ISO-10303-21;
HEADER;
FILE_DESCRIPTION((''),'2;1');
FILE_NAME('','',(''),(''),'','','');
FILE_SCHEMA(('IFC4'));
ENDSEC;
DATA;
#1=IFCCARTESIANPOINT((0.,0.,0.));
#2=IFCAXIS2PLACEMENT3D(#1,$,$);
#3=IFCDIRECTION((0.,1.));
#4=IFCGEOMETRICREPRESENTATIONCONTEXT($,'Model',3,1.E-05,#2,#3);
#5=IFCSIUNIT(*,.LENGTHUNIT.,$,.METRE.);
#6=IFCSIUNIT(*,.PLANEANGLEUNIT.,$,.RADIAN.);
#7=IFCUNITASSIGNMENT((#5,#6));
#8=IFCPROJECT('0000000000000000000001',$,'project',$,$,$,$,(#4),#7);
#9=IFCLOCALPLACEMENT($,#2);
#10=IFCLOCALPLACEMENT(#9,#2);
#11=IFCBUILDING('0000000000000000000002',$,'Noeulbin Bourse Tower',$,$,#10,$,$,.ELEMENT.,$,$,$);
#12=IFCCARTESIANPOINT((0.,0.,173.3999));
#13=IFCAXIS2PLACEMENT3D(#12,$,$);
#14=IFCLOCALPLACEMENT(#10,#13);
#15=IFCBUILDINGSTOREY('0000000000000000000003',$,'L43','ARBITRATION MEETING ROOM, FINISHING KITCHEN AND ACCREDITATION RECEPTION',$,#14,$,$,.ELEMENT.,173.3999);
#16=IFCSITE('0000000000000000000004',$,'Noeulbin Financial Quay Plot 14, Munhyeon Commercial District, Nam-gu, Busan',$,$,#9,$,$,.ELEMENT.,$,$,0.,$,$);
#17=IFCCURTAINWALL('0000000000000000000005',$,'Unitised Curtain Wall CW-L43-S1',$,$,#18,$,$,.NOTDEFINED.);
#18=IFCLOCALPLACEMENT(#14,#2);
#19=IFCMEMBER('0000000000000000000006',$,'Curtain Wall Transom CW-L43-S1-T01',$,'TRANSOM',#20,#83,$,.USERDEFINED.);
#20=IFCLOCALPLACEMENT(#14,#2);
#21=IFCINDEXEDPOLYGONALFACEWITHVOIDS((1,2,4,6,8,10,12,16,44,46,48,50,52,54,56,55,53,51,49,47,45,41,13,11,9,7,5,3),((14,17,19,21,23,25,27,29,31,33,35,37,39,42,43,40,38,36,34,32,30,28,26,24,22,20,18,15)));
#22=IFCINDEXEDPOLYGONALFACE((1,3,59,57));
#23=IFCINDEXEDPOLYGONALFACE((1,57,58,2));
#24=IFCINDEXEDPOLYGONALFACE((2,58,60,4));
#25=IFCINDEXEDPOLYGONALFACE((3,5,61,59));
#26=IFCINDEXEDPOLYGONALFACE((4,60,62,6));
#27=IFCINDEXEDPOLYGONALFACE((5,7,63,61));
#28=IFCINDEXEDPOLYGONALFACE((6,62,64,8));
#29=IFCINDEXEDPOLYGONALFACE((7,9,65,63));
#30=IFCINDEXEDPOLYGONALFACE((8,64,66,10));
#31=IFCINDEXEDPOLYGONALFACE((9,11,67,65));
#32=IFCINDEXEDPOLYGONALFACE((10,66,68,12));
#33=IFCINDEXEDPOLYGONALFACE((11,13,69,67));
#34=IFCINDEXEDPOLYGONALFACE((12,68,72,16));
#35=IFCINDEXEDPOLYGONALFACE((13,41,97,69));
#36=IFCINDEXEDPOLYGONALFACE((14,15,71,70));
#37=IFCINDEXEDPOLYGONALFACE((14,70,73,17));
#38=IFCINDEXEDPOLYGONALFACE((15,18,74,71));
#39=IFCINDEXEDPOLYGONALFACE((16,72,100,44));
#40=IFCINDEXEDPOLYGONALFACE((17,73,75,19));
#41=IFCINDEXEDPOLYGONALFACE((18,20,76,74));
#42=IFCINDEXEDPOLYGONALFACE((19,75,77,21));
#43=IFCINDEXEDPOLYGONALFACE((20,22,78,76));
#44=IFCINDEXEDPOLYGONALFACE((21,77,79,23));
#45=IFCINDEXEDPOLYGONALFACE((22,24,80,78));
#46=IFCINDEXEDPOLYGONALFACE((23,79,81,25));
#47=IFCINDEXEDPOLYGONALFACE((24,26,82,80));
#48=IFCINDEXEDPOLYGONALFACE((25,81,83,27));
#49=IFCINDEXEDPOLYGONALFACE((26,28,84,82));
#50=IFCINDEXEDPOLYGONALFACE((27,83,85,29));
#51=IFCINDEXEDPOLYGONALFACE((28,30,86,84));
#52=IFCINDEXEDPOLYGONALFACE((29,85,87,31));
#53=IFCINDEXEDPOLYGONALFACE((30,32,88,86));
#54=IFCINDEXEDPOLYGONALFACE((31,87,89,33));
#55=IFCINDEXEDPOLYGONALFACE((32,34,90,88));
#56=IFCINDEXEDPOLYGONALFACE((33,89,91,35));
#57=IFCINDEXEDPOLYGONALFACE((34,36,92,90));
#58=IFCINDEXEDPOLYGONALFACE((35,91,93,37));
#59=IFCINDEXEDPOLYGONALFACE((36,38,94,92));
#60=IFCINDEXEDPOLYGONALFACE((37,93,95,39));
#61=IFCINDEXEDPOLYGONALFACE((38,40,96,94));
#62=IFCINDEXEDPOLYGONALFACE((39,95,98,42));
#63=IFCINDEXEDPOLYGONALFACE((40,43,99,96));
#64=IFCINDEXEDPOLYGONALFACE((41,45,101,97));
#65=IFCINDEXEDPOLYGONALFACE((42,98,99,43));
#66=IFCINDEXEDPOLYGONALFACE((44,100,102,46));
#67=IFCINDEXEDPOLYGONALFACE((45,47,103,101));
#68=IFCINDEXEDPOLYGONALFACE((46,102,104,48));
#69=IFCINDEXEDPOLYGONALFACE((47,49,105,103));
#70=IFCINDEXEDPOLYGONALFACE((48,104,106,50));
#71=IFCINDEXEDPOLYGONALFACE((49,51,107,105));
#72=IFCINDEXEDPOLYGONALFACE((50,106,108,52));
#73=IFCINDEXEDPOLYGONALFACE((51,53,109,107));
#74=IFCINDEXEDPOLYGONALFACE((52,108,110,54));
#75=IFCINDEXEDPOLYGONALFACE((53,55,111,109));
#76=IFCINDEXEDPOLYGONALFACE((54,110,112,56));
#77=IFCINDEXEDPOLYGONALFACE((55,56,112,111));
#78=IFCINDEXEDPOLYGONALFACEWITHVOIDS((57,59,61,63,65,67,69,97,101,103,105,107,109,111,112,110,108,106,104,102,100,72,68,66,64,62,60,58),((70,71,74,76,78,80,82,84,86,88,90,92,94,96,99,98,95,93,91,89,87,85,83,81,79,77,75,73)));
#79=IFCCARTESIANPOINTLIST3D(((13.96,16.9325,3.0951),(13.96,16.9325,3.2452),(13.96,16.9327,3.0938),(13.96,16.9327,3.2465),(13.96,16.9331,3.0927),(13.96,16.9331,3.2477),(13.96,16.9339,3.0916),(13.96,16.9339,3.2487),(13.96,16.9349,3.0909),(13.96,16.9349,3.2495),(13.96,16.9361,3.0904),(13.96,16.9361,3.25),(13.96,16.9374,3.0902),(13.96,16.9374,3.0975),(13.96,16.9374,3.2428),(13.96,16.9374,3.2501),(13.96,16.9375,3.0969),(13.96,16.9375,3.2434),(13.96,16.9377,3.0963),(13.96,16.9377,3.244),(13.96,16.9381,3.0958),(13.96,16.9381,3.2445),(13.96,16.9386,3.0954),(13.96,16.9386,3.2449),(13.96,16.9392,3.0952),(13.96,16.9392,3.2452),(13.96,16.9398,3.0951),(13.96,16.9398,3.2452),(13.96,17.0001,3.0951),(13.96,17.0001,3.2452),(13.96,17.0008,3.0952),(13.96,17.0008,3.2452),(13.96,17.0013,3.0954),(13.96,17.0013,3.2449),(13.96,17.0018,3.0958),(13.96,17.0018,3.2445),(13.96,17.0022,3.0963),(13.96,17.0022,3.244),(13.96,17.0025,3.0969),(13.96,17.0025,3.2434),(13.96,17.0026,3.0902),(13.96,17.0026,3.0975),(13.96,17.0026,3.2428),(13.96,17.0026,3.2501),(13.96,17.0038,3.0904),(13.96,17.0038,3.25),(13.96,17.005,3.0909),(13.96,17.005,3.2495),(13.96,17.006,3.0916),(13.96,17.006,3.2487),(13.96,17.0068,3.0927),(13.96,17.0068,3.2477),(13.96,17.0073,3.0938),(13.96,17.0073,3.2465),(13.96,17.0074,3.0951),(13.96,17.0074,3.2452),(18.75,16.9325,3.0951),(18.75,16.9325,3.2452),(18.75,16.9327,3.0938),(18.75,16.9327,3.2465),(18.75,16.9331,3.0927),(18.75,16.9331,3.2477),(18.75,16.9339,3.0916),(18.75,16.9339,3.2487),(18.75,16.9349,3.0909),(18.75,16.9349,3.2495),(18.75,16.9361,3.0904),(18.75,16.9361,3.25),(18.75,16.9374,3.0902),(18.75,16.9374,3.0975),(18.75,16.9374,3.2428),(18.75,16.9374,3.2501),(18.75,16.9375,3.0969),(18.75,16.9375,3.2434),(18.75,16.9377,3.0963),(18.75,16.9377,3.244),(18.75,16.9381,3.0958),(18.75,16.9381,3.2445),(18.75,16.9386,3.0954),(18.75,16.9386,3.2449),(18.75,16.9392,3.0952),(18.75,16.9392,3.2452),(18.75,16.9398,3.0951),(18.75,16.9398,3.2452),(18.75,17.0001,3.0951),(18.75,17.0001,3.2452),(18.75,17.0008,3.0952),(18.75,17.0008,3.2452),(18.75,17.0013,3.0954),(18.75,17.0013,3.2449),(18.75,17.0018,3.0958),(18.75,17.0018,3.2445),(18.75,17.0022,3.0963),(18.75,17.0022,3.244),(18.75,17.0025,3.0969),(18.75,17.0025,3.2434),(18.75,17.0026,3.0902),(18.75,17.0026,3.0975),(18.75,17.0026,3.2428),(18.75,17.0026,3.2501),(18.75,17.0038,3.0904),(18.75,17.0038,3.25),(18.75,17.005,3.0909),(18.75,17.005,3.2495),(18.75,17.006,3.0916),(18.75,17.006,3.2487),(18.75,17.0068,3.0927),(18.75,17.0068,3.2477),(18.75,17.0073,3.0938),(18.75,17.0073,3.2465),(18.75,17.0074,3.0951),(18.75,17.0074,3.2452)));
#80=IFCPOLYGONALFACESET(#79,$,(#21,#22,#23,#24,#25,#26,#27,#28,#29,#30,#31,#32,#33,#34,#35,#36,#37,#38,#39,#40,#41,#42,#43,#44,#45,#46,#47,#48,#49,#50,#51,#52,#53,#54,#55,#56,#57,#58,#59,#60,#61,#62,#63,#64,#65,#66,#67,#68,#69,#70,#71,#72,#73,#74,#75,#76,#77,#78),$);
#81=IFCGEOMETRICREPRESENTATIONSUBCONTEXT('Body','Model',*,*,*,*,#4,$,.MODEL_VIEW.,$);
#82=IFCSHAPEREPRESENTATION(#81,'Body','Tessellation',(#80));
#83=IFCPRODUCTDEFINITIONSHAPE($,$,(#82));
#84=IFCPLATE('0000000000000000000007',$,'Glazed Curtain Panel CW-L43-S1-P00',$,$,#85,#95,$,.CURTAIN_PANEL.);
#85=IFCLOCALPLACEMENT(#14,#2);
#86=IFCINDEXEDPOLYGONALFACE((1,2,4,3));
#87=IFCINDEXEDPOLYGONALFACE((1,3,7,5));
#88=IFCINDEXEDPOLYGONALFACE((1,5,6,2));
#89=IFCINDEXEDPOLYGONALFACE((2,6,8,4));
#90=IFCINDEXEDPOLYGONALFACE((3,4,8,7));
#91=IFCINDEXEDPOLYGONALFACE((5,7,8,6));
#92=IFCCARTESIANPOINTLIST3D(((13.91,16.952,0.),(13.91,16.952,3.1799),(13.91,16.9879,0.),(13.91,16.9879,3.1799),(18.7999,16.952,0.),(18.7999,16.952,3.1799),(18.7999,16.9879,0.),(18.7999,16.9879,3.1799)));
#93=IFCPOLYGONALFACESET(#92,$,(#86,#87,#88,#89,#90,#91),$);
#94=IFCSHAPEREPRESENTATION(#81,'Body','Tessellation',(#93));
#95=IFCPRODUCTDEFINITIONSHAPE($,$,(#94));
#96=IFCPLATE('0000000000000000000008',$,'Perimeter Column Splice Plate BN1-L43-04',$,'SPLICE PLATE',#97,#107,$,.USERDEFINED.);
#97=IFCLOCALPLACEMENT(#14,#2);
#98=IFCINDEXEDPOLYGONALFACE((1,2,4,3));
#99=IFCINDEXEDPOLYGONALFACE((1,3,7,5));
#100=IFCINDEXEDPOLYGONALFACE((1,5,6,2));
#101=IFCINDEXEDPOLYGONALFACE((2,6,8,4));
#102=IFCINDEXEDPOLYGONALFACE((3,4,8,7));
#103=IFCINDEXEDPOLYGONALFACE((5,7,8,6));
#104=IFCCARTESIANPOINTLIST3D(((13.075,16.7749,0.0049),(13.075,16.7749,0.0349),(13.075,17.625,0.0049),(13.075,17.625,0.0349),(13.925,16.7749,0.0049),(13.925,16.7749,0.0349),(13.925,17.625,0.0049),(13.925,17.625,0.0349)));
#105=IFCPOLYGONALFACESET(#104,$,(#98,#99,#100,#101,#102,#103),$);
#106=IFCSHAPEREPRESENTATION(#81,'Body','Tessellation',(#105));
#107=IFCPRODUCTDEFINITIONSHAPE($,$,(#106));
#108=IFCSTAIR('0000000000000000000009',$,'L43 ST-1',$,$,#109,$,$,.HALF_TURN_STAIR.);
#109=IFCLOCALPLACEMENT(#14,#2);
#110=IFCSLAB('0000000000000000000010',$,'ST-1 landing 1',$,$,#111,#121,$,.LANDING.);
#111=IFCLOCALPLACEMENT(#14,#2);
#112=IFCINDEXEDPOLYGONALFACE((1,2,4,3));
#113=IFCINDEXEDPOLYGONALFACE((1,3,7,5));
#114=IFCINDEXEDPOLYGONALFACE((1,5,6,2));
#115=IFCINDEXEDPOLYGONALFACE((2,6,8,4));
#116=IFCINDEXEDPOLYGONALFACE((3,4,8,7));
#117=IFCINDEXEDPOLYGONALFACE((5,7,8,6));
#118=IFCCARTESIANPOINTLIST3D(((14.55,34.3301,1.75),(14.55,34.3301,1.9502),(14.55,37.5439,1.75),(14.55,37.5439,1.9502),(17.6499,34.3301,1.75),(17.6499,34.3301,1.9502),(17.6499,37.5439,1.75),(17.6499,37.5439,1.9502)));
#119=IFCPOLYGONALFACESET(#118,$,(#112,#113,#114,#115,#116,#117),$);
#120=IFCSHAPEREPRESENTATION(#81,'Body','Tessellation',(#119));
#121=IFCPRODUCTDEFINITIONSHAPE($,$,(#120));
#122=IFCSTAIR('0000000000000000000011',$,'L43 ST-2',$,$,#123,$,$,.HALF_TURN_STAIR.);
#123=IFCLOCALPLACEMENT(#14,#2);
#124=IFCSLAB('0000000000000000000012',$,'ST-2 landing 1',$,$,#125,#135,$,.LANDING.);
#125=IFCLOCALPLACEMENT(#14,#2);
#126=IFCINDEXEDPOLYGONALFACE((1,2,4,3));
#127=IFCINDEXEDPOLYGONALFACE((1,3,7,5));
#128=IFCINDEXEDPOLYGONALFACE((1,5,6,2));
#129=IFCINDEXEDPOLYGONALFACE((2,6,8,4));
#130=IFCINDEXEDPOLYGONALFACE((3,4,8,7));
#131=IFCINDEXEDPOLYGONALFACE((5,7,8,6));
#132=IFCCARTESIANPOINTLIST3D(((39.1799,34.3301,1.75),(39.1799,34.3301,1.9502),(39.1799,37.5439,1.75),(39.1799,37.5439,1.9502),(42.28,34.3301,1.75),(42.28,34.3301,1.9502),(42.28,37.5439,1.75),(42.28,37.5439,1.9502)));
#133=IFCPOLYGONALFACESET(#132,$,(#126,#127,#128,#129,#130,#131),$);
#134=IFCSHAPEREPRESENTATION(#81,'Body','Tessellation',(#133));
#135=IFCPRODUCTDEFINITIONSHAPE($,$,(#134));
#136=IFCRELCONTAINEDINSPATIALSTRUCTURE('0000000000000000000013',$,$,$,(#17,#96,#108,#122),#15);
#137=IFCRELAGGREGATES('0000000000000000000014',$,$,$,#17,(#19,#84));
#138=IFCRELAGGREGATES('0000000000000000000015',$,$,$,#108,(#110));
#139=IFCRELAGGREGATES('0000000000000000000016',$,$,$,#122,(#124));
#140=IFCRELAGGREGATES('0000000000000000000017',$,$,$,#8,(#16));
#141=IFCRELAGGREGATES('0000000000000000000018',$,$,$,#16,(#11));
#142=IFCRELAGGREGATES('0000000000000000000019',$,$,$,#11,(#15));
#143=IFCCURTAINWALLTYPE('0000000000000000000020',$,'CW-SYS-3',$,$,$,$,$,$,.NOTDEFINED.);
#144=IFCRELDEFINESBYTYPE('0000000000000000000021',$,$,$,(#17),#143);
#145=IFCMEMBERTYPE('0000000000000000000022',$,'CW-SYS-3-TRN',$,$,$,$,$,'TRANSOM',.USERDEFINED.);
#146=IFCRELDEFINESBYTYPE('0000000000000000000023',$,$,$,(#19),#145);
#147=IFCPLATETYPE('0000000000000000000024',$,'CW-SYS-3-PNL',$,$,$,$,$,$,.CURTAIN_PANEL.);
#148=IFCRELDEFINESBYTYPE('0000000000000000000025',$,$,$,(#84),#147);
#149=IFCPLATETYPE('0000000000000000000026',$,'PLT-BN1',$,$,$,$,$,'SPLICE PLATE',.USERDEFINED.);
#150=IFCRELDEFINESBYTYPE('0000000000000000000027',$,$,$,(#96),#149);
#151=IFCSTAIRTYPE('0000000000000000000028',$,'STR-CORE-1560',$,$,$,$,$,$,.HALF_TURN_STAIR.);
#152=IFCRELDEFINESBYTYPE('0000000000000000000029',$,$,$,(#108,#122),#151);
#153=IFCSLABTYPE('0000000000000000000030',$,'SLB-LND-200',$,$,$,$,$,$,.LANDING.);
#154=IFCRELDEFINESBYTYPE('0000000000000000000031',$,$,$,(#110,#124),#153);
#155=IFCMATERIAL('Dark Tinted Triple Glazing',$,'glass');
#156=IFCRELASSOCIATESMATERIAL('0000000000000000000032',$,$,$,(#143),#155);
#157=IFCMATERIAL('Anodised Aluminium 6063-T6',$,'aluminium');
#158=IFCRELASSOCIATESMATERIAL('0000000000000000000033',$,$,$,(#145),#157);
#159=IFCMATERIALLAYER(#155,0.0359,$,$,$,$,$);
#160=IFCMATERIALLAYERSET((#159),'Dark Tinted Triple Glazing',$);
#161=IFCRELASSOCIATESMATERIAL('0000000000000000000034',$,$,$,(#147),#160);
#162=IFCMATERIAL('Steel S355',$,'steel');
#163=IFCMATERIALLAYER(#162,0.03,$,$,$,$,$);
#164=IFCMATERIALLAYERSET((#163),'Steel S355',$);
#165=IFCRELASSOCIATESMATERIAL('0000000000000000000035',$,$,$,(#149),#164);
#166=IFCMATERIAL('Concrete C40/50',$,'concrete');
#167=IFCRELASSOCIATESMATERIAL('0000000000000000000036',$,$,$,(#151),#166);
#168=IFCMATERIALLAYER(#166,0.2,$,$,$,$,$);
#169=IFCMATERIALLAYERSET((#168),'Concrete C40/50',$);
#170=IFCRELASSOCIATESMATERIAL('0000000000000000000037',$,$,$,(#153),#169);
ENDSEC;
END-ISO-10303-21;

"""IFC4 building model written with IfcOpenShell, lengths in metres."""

from ifc_helpers import new_model, si_unit, direction, frame, origin, origin_2d, place, context, subcontext, project, spatial, polyline, rectangle, hollow_rectangle, outline, extrude, material, layer, layer_set, material_profile, profile_set, type_object, element, aggregate, save


model = new_model("IFC4")

# Units and contexts
model_context = context("Model", 3, precision=1e-05, world=origin(), true_north=direction((0.0, 1.0)))
body_context = subcontext(model_context, "Body", "Model", "MODEL_VIEW")
ifc_project = project(units=[si_unit("LENGTHUNIT", "METRE"), si_unit("PLANEANGLEUNIT", "RADIAN")], contexts=[model_context])

# Site, building, storey
site_placement = place(None, origin())
site = spatial("IfcSite", under=ifc_project, at=site_placement, Name="Noeulbin Financial Quay Plot 14, Munhyeon Commercial District, Nam-gu, Busan", CompositionType="ELEMENT", RefElevation=0.0)
building_placement = place(site_placement, origin())
building = spatial("IfcBuilding", under=site, at=building_placement, Name="Noeulbin Bourse Tower", CompositionType="ELEMENT")
storey_placement = place(building_placement, frame((0.0, 0.0, 173.3999)))
storey = spatial("IfcBuildingStorey", under=building, at=storey_placement, Name="L43", Description="ARBITRATION MEETING ROOM, FINISHING KITCHEN AND ACCREDITATION RECEPTION", CompositionType="ELEMENT", Elevation=173.3999)

# Shared definitions
ifc_material_1 = material(Name="Steel S355", Category="steel")

# Curtain wall, member, plate
ifc_material_2 = material(Name="Dark Tinted Triple Glazing", Category="glass")
curtain_wall_type = type_object("IfcCurtainWallType", Name="CW-SYS-3", PredefinedType="NOTDEFINED", material=ifc_material_2)
curtain_wall_placement = place(storey_placement, origin())
curtain_wall = element("IfcCurtainWall", 1, at=curtain_wall_placement, inside=storey, type_object=curtain_wall_type, Name="Unitised Curtain Wall CW-L43-S1", PredefinedType="NOTDEFINED")
ifc_material_3 = material(Name="Anodised Aluminium 6063-T6", Category="aluminium")
ifc_material_profile_1 = material_profile(ifc_material_3, hollow_rectangle(XDim=0.075, YDim=0.1599, WallThickness=0.0049, InnerFilletRadius=0.0024, OuterFilletRadius=0.0049, at=origin_2d()), Name="ALU-TRAN-75x160x5", Category="LoadBearing")
ifc_profile_set_1 = profile_set([ifc_material_profile_1], Name="Anodised Aluminium 6063-T6")
member_type_1 = type_object("IfcMemberType", Name="CW-SYS-3-TRN", ElementType="TRANSOM", PredefinedType="USERDEFINED", material=ifc_profile_set_1)
member_1_placement = place(storey_placement, frame((13.96, 16.97, 3.1702), z_axis=(1.0, 0.0, 0.0), x_axis=(0.0, 1.0, 0.0)))
member_1 = element("IfcMember", 2, at=member_1_placement, type_object=member_type_1, Name="Curtain Wall Transom CW-L43-S1-T01", ObjectType="TRANSOM", PredefinedType="USERDEFINED", context=body_context, shape_type="SweptSolid", body=[
    extrude(hollow_rectangle(XDim=0.075, YDim=0.1599, WallThickness=0.0049, InnerFilletRadius=0.0024, OuterFilletRadius=0.0049, at=origin_2d()), origin(), (0.0, 0.0, 1.0), 4.79),
])
ifc_layer_1 = layer(ifc_material_2, 0.0359)
ifc_layer_set_1 = layer_set([ifc_layer_1], Name="Dark Tinted Triple Glazing")
plate_type_1 = type_object("IfcPlateType", Name="CW-SYS-3-PNL", PredefinedType="CURTAIN_PANEL", material=ifc_layer_set_1)
plate_1_placement = place(storey_placement, frame((16.355, 16.97, 0.0), z_axis=(0.0, 0.0, 1.0), x_axis=(1.0, 0.0, 0.0)))
plate_1 = element("IfcPlate", 3, at=plate_1_placement, type_object=plate_type_1, Name="Glazed Curtain Panel CW-L43-S1-P00", PredefinedType="CURTAIN_PANEL", context=body_context, shape_type="SweptSolid", body=[
    extrude(rectangle(XDim=4.8899, YDim=0.0359, at=origin_2d()), origin(), (0.0, 0.0, 1.0), 3.1799),
])
aggregate(curtain_wall, [member_1, plate_1])

# Plate
ifc_layer_2 = layer(ifc_material_1, 0.03)
ifc_layer_set_2 = layer_set([ifc_layer_2], Name="Steel S355")
plate_type_2 = type_object("IfcPlateType", Name="PLT-BN1", ElementType="SPLICE PLATE", PredefinedType="USERDEFINED", material=ifc_layer_set_2)
plate_2_placement = place(storey_placement, frame((13.5, 17.2, 0.0049), z_axis=(0.0, 0.0, 1.0), x_axis=(1.0, 0.0, 0.0)))
element("IfcPlate", 4, at=plate_2_placement, inside=storey, type_object=plate_type_2, Name="Perimeter Column Splice Plate BN1-L43-04", ObjectType="SPLICE PLATE", PredefinedType="USERDEFINED", context=body_context, shape_type="SweptSolid", body=[
    extrude(rectangle(XDim=0.8501, YDim=0.8501, at=origin_2d()), origin(), (0.0, 0.0, 1.0), 0.03),
])

# Stairs, slabs
ifc_material_4 = material(Name="Concrete C40/50", Category="concrete")
stair_type = type_object("IfcStairType", Name="STR-CORE-1560", PredefinedType="HALF_TURN_STAIR", material=ifc_material_4)
stair_1_placement = place(storey_placement, origin())
stair_1 = element("IfcStair", 5, at=stair_1_placement, inside=storey, type_object=stair_type, Name="L43 ST-1", PredefinedType="HALF_TURN_STAIR")
ifc_layer_3 = layer(ifc_material_4, 0.2)
ifc_layer_set_3 = layer_set([ifc_layer_3], Name="Concrete C40/50")
slab_type_1 = type_object("IfcSlabType", Name="SLB-LND-200", PredefinedType="LANDING", material=ifc_layer_set_3)
slab_1_placement = place(storey_placement, frame((0.0, 0.0, 1.75)))
slab_1 = element("IfcSlab", 6, at=slab_1_placement, type_object=slab_type_1, Name="ST-1 landing 1", PredefinedType="LANDING", context=body_context, shape_type="SweptSolid", body=[
    extrude(outline(polyline([(17.6499, 34.3301), (17.6499, 37.5439), (14.55, 37.5439), (14.55, 34.3301), (17.6499, 34.3301)])), origin(), (0.0, 0.0, 1.0), 0.2002),
])
aggregate(stair_1, [slab_1])
stair_2_placement = place(storey_placement, origin())
stair_2 = element("IfcStair", 7, at=stair_2_placement, inside=storey, type_object=stair_type, Name="L43 ST-2", PredefinedType="HALF_TURN_STAIR")
slab_2_placement = place(storey_placement, frame((0.0, 0.0, 1.75)))
slab_2 = element("IfcSlab", 8, at=slab_2_placement, type_object=slab_type_1, Name="ST-2 landing 1", PredefinedType="LANDING", context=body_context, shape_type="SweptSolid", body=[
    extrude(outline(polyline([(42.28, 34.3301), (42.28, 37.5439), (39.1799, 37.5439), (39.1799, 34.3301), (42.28, 34.3301)])), origin(), (0.0, 0.0, 1.0), 0.2002),
])
aggregate(stair_2, [slab_2])

save(model, "model.ifc")
